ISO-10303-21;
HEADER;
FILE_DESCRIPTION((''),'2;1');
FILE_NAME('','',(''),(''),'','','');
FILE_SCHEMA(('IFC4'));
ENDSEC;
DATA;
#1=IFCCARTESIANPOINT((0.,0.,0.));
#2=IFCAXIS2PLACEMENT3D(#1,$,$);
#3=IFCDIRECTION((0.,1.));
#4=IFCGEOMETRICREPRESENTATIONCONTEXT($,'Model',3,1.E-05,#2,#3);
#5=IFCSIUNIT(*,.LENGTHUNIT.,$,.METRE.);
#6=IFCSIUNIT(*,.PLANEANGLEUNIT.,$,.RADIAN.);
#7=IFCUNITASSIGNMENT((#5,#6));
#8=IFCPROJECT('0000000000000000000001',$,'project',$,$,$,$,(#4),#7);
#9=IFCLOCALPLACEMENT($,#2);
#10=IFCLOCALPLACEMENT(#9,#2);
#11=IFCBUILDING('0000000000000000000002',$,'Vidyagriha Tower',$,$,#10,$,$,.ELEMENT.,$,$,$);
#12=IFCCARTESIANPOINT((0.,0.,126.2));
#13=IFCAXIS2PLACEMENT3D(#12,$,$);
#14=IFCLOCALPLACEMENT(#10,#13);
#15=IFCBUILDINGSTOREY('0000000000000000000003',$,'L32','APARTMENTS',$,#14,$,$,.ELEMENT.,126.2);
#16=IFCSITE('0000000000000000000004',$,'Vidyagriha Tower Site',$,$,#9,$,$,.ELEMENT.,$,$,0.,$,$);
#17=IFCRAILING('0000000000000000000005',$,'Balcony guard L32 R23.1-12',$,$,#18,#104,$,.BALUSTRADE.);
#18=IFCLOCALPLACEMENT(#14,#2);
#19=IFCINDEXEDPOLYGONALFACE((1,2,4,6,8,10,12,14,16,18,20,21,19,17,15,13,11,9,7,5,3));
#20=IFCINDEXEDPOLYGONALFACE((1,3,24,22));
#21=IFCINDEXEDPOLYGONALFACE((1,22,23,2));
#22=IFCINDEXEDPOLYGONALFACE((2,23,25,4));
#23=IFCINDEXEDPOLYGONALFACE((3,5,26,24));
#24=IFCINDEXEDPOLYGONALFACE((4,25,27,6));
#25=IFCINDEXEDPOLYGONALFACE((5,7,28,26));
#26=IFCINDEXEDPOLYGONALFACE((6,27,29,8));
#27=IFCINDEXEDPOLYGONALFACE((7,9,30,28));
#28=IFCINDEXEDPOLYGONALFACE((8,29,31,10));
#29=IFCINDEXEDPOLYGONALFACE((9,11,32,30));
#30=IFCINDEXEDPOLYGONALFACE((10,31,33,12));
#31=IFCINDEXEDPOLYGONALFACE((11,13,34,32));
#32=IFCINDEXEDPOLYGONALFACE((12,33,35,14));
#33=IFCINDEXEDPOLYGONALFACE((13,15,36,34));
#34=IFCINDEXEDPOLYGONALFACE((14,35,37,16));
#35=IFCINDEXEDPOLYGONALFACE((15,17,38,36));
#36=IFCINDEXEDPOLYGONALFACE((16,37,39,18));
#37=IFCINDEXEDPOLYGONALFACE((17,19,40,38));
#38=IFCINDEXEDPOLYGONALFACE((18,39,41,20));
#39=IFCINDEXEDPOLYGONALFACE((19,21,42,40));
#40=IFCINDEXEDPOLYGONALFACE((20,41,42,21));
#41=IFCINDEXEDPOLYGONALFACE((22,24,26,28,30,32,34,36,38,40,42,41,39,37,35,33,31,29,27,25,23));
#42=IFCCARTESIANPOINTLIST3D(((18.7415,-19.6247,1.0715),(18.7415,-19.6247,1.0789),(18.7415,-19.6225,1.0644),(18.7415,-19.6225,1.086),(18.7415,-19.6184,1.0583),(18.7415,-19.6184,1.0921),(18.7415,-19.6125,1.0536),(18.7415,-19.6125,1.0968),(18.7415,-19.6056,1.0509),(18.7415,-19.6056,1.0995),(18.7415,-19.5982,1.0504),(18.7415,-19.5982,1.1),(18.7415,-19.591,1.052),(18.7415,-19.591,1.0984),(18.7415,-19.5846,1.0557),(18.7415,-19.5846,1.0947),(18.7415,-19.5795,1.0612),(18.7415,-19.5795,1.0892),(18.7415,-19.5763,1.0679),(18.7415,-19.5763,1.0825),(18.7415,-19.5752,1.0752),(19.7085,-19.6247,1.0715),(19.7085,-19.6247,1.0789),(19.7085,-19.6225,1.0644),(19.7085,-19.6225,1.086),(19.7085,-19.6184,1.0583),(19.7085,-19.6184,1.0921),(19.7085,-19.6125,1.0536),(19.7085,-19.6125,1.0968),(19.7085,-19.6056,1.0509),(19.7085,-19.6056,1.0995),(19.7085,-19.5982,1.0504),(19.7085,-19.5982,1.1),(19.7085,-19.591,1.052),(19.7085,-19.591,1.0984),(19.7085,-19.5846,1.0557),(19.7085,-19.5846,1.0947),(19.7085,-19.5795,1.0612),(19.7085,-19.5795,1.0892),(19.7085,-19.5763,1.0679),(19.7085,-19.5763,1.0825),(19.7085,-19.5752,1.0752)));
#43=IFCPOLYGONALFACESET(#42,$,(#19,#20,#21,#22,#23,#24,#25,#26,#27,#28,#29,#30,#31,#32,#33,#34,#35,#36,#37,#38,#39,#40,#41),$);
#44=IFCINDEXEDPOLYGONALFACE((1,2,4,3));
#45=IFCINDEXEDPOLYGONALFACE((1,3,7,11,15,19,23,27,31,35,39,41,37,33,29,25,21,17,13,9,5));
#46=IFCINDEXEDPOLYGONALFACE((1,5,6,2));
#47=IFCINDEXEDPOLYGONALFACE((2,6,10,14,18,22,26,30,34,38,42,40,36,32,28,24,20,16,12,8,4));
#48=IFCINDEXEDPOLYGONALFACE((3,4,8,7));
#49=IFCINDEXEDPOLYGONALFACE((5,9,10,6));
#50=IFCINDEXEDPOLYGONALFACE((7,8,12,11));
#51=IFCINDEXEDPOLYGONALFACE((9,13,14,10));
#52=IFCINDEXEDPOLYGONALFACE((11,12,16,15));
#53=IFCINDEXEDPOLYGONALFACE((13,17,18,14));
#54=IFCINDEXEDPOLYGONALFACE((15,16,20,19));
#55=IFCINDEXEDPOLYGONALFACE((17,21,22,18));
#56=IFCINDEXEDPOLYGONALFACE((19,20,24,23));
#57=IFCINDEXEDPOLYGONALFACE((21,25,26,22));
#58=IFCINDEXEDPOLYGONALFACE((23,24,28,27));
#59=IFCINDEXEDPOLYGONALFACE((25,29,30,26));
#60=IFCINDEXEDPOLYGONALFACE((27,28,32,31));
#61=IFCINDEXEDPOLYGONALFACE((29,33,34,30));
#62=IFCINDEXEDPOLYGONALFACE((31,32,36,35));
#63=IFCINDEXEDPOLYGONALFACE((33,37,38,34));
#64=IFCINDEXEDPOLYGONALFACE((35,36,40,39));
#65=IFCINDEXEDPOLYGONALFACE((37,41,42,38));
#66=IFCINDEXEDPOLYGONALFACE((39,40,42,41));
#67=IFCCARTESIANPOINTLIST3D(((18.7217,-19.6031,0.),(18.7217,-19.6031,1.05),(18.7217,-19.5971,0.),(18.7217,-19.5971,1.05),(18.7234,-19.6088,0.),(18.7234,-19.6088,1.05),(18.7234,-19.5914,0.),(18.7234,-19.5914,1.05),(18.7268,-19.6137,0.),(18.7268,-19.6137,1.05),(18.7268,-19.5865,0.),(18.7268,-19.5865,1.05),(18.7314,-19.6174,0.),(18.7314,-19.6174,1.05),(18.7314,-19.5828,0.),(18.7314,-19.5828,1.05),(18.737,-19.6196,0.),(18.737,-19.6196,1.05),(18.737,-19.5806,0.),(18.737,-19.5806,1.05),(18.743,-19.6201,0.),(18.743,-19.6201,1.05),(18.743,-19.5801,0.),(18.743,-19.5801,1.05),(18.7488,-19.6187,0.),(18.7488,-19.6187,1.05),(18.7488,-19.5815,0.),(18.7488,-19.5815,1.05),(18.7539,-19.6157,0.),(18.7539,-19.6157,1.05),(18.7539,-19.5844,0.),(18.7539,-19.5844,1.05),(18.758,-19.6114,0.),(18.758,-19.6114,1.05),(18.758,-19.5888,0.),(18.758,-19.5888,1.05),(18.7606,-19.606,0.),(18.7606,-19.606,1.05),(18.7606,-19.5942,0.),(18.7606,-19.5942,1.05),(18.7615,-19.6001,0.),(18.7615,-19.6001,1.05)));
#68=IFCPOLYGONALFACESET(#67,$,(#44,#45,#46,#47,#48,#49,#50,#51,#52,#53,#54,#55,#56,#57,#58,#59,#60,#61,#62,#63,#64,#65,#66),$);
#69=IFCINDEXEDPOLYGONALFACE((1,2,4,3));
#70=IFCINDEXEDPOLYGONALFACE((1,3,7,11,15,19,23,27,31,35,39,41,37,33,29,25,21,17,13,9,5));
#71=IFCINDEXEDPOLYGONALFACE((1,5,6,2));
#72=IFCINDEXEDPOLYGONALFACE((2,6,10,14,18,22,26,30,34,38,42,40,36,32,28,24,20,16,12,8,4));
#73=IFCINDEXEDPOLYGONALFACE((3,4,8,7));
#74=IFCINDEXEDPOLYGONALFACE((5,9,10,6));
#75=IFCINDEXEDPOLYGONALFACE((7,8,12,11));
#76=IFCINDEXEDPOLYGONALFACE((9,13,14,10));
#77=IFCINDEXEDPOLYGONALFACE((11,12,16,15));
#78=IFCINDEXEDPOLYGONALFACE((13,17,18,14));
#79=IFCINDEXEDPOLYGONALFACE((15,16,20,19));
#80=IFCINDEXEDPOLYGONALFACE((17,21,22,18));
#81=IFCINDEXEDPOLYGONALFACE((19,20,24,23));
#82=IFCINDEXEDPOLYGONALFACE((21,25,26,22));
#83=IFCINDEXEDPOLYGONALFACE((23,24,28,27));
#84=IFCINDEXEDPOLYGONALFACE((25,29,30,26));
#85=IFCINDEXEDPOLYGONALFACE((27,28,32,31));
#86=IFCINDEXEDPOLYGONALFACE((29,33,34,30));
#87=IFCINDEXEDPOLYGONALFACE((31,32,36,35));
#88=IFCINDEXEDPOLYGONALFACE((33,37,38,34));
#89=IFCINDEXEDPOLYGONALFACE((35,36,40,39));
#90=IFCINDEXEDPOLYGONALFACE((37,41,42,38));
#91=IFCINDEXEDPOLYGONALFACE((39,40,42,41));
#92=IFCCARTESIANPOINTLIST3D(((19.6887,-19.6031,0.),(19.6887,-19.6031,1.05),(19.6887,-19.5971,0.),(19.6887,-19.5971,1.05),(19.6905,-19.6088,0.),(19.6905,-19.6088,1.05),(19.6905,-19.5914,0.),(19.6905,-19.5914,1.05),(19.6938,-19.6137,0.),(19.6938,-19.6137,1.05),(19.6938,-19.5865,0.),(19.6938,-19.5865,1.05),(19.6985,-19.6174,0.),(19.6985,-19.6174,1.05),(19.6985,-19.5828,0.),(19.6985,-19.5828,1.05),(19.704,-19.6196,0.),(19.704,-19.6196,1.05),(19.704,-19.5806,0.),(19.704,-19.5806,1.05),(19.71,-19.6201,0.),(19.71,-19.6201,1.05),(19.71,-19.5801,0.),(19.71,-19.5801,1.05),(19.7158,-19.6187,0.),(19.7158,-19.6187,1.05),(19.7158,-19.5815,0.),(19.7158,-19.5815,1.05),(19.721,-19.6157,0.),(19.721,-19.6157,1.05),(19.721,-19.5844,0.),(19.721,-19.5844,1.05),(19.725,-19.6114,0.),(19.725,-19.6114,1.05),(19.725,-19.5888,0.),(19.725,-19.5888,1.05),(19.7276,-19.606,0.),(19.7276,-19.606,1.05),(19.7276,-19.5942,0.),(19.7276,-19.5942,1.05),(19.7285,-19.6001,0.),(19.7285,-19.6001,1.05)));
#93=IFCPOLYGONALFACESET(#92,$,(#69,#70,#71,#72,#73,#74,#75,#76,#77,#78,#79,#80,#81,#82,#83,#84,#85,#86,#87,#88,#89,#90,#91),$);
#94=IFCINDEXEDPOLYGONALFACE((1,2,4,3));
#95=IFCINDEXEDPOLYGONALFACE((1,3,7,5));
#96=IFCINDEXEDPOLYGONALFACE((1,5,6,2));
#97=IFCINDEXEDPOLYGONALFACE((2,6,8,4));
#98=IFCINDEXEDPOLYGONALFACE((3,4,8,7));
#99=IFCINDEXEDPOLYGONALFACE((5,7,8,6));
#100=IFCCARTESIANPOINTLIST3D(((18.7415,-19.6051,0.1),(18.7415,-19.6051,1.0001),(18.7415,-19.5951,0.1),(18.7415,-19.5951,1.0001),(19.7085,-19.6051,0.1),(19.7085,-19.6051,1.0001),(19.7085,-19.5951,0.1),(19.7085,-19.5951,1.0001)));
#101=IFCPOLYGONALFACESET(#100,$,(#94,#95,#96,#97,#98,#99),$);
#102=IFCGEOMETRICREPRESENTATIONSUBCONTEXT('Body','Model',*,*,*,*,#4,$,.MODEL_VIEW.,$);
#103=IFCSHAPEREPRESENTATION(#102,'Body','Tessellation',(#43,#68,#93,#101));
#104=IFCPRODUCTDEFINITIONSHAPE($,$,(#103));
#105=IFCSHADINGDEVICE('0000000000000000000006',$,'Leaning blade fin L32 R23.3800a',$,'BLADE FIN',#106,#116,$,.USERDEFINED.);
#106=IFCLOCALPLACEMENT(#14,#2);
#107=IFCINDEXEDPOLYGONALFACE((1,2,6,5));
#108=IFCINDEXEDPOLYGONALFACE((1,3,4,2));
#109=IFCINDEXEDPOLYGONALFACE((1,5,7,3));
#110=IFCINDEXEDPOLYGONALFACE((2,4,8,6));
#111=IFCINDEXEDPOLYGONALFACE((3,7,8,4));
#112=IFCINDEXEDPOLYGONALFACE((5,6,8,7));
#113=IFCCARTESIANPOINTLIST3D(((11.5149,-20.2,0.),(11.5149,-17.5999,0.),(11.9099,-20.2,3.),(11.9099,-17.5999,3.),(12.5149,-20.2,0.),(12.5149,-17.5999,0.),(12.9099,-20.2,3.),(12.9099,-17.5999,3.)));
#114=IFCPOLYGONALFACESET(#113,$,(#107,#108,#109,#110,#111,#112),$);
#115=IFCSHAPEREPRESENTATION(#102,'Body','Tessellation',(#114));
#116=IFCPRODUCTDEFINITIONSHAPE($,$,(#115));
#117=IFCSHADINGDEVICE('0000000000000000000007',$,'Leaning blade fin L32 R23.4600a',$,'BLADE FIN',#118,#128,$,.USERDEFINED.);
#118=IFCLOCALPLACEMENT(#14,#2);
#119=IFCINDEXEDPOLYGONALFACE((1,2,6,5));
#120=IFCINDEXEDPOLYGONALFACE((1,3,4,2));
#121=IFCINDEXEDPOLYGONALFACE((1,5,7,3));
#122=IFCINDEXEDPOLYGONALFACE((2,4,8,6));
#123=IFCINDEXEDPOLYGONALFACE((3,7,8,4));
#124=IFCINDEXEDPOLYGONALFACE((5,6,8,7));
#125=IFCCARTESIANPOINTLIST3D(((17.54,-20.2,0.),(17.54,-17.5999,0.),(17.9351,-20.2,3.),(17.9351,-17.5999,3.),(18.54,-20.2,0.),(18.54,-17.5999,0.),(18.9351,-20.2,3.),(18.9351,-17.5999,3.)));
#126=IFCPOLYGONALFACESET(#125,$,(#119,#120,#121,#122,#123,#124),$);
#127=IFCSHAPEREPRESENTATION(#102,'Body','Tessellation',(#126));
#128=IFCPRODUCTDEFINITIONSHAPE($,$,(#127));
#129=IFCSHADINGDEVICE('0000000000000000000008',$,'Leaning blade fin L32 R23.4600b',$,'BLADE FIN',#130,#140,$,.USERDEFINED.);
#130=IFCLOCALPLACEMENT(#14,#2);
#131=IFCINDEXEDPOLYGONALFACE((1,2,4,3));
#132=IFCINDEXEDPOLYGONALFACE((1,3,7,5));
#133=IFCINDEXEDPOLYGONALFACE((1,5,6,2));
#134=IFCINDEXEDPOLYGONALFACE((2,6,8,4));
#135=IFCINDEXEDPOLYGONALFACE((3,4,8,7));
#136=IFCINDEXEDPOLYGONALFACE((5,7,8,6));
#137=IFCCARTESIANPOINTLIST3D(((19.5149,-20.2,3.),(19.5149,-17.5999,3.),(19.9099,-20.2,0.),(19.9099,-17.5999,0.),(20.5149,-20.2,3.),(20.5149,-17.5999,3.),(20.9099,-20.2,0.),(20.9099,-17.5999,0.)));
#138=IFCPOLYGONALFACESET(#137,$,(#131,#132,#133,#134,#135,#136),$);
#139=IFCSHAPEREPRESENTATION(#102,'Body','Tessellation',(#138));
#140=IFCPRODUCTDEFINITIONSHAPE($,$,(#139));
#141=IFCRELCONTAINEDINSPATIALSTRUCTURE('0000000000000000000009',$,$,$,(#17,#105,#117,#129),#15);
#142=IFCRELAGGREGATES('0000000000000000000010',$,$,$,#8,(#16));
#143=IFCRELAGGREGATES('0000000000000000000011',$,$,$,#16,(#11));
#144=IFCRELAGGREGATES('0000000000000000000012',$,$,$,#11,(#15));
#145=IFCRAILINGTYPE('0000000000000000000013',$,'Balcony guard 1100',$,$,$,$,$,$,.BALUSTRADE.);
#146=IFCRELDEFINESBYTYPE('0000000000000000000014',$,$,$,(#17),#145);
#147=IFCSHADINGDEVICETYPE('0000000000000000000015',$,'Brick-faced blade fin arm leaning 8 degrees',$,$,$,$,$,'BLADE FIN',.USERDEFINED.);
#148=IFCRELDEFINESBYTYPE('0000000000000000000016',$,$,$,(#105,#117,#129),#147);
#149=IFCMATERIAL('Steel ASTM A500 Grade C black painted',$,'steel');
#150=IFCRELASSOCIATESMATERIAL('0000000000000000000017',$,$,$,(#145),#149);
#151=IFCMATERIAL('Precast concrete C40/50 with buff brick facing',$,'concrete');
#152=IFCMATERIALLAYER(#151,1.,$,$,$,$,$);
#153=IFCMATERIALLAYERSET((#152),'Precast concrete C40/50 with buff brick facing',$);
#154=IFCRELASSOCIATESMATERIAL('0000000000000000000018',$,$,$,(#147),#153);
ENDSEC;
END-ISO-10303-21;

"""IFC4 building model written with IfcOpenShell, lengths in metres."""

from ifc_helpers import new_model, si_unit, direction, frame, origin, origin_2d, place, context, subcontext, project, spatial, polyline, rectangle, circle, outline, extrude, material, layer, layer_set, type_object, element, save


model = new_model("IFC4")

# Units and contexts
model_context = context("Model", 3, precision=1e-05, world=origin(), true_north=direction((0.0, 1.0)))
body_context = subcontext(model_context, "Body", "Model", "MODEL_VIEW")
ifc_project = project(units=[si_unit("LENGTHUNIT", "METRE"), si_unit("PLANEANGLEUNIT", "RADIAN")], contexts=[model_context])

# Site, building, storey
site_placement = place(None, origin())
site = spatial("IfcSite", under=ifc_project, at=site_placement, Name="Vidyagriha Tower Site", CompositionType="ELEMENT", RefElevation=0.0)
building_placement = place(site_placement, origin())
building = spatial("IfcBuilding", under=site, at=building_placement, Name="Vidyagriha Tower", CompositionType="ELEMENT")
storey_placement = place(building_placement, frame((0.0, 0.0, 126.2)))
storey = spatial("IfcBuildingStorey", under=building, at=storey_placement, Name="L32", Description="APARTMENTS", CompositionType="ELEMENT", Elevation=126.2)

# Railing
ifc_material_1 = material(Name="Steel ASTM A500 Grade C black painted", Category="steel")
railing_type = type_object("IfcRailingType", Name="Balcony guard 1100", PredefinedType="BALUSTRADE", material=ifc_material_1)
railing_1_placement = place(storey_placement, frame((18.7415, -19.6001, 0.0)))
element("IfcRailing", 1, at=railing_1_placement, inside=storey, type_object=railing_type, Name="Balcony guard L32 R23.1-12", PredefinedType="BALUSTRADE", context=body_context, shape_type="SweptSolid", body=[
    extrude(circle(Radius=0.0249, at=origin_2d()), frame((0.0, 0.0, 1.0752), z_axis=(1.0, 0.0, 0.0), x_axis=(0.0, 1.0, 0.0)), (0.0, 0.0, 1.0), 0.967),
    extrude(circle(Radius=0.02, at=origin_2d()), origin(), (0.0, 0.0, 1.0), 1.05),
    extrude(circle(Radius=0.02, at=origin_2d()), frame((0.967, 0.0, 0.0)), (0.0, 0.0, 1.0), 1.05),
    extrude(rectangle(XDim=0.01, YDim=0.9001, at=origin_2d()), frame((0.0, 0.0, 0.55), z_axis=(1.0, 0.0, 0.0), x_axis=(0.0, 1.0, 0.0)), (0.0, 0.0, 1.0), 0.967),
])

# Shading devices
ifc_material_2 = material(Name="Precast concrete C40/50 with buff brick facing", Category="concrete")
ifc_layer_1 = layer(ifc_material_2, 1.0)
ifc_layer_set_1 = layer_set([ifc_layer_1], Name="Precast concrete C40/50 with buff brick facing")
shading_device_type = type_object("IfcShadingDeviceType", Name="Brick-faced blade fin arm leaning 8 degrees", ElementType="BLADE FIN", PredefinedType="USERDEFINED", material=ifc_layer_set_1)
for number, where, name in (
    (2, (11.5149, -18.8999, 0.0), "Leaning blade fin L32 R23.3800a"),
    (3, (17.54, -18.8999, 0.0), "Leaning blade fin L32 R23.4600a"),
):
    element("IfcShadingDevice", number, at=place(storey_placement, frame(where)), inside=storey, type_object=shading_device_type, Name=name, ObjectType="BLADE FIN", PredefinedType="USERDEFINED", context=body_context, shape_type="SweptSolid", body=[
        extrude(outline(polyline([(0.0, 0.0), (1.0, 0.0), (1.395, 3.0), (0.395, 3.0), (0.0, 0.0)])), frame((0.0, 1.3, 0.0), z_axis=(0.0, -1.0, 0.0), x_axis=(1.0, 0.0, 0.0)), (0.0, 0.0, 1.0), 2.6001),
    ])
shading_device_placement = place(storey_placement, frame((19.5149, -18.8999, 0.0)))
element("IfcShadingDevice", 4, at=shading_device_placement, inside=storey, type_object=shading_device_type, Name="Leaning blade fin L32 R23.4600b", ObjectType="BLADE FIN", PredefinedType="USERDEFINED", context=body_context, shape_type="SweptSolid", body=[
    extrude(outline(polyline([(0.395, 0.0), (1.395, 0.0), (1.0, 3.0), (0.0, 3.0), (0.395, 0.0)])), frame((0.0, 1.3, 0.0), z_axis=(0.0, -1.0, 0.0), x_axis=(1.0, 0.0, 0.0)), (0.0, 0.0, 1.0), 2.6001),
])

save(model, "model.ifc")
